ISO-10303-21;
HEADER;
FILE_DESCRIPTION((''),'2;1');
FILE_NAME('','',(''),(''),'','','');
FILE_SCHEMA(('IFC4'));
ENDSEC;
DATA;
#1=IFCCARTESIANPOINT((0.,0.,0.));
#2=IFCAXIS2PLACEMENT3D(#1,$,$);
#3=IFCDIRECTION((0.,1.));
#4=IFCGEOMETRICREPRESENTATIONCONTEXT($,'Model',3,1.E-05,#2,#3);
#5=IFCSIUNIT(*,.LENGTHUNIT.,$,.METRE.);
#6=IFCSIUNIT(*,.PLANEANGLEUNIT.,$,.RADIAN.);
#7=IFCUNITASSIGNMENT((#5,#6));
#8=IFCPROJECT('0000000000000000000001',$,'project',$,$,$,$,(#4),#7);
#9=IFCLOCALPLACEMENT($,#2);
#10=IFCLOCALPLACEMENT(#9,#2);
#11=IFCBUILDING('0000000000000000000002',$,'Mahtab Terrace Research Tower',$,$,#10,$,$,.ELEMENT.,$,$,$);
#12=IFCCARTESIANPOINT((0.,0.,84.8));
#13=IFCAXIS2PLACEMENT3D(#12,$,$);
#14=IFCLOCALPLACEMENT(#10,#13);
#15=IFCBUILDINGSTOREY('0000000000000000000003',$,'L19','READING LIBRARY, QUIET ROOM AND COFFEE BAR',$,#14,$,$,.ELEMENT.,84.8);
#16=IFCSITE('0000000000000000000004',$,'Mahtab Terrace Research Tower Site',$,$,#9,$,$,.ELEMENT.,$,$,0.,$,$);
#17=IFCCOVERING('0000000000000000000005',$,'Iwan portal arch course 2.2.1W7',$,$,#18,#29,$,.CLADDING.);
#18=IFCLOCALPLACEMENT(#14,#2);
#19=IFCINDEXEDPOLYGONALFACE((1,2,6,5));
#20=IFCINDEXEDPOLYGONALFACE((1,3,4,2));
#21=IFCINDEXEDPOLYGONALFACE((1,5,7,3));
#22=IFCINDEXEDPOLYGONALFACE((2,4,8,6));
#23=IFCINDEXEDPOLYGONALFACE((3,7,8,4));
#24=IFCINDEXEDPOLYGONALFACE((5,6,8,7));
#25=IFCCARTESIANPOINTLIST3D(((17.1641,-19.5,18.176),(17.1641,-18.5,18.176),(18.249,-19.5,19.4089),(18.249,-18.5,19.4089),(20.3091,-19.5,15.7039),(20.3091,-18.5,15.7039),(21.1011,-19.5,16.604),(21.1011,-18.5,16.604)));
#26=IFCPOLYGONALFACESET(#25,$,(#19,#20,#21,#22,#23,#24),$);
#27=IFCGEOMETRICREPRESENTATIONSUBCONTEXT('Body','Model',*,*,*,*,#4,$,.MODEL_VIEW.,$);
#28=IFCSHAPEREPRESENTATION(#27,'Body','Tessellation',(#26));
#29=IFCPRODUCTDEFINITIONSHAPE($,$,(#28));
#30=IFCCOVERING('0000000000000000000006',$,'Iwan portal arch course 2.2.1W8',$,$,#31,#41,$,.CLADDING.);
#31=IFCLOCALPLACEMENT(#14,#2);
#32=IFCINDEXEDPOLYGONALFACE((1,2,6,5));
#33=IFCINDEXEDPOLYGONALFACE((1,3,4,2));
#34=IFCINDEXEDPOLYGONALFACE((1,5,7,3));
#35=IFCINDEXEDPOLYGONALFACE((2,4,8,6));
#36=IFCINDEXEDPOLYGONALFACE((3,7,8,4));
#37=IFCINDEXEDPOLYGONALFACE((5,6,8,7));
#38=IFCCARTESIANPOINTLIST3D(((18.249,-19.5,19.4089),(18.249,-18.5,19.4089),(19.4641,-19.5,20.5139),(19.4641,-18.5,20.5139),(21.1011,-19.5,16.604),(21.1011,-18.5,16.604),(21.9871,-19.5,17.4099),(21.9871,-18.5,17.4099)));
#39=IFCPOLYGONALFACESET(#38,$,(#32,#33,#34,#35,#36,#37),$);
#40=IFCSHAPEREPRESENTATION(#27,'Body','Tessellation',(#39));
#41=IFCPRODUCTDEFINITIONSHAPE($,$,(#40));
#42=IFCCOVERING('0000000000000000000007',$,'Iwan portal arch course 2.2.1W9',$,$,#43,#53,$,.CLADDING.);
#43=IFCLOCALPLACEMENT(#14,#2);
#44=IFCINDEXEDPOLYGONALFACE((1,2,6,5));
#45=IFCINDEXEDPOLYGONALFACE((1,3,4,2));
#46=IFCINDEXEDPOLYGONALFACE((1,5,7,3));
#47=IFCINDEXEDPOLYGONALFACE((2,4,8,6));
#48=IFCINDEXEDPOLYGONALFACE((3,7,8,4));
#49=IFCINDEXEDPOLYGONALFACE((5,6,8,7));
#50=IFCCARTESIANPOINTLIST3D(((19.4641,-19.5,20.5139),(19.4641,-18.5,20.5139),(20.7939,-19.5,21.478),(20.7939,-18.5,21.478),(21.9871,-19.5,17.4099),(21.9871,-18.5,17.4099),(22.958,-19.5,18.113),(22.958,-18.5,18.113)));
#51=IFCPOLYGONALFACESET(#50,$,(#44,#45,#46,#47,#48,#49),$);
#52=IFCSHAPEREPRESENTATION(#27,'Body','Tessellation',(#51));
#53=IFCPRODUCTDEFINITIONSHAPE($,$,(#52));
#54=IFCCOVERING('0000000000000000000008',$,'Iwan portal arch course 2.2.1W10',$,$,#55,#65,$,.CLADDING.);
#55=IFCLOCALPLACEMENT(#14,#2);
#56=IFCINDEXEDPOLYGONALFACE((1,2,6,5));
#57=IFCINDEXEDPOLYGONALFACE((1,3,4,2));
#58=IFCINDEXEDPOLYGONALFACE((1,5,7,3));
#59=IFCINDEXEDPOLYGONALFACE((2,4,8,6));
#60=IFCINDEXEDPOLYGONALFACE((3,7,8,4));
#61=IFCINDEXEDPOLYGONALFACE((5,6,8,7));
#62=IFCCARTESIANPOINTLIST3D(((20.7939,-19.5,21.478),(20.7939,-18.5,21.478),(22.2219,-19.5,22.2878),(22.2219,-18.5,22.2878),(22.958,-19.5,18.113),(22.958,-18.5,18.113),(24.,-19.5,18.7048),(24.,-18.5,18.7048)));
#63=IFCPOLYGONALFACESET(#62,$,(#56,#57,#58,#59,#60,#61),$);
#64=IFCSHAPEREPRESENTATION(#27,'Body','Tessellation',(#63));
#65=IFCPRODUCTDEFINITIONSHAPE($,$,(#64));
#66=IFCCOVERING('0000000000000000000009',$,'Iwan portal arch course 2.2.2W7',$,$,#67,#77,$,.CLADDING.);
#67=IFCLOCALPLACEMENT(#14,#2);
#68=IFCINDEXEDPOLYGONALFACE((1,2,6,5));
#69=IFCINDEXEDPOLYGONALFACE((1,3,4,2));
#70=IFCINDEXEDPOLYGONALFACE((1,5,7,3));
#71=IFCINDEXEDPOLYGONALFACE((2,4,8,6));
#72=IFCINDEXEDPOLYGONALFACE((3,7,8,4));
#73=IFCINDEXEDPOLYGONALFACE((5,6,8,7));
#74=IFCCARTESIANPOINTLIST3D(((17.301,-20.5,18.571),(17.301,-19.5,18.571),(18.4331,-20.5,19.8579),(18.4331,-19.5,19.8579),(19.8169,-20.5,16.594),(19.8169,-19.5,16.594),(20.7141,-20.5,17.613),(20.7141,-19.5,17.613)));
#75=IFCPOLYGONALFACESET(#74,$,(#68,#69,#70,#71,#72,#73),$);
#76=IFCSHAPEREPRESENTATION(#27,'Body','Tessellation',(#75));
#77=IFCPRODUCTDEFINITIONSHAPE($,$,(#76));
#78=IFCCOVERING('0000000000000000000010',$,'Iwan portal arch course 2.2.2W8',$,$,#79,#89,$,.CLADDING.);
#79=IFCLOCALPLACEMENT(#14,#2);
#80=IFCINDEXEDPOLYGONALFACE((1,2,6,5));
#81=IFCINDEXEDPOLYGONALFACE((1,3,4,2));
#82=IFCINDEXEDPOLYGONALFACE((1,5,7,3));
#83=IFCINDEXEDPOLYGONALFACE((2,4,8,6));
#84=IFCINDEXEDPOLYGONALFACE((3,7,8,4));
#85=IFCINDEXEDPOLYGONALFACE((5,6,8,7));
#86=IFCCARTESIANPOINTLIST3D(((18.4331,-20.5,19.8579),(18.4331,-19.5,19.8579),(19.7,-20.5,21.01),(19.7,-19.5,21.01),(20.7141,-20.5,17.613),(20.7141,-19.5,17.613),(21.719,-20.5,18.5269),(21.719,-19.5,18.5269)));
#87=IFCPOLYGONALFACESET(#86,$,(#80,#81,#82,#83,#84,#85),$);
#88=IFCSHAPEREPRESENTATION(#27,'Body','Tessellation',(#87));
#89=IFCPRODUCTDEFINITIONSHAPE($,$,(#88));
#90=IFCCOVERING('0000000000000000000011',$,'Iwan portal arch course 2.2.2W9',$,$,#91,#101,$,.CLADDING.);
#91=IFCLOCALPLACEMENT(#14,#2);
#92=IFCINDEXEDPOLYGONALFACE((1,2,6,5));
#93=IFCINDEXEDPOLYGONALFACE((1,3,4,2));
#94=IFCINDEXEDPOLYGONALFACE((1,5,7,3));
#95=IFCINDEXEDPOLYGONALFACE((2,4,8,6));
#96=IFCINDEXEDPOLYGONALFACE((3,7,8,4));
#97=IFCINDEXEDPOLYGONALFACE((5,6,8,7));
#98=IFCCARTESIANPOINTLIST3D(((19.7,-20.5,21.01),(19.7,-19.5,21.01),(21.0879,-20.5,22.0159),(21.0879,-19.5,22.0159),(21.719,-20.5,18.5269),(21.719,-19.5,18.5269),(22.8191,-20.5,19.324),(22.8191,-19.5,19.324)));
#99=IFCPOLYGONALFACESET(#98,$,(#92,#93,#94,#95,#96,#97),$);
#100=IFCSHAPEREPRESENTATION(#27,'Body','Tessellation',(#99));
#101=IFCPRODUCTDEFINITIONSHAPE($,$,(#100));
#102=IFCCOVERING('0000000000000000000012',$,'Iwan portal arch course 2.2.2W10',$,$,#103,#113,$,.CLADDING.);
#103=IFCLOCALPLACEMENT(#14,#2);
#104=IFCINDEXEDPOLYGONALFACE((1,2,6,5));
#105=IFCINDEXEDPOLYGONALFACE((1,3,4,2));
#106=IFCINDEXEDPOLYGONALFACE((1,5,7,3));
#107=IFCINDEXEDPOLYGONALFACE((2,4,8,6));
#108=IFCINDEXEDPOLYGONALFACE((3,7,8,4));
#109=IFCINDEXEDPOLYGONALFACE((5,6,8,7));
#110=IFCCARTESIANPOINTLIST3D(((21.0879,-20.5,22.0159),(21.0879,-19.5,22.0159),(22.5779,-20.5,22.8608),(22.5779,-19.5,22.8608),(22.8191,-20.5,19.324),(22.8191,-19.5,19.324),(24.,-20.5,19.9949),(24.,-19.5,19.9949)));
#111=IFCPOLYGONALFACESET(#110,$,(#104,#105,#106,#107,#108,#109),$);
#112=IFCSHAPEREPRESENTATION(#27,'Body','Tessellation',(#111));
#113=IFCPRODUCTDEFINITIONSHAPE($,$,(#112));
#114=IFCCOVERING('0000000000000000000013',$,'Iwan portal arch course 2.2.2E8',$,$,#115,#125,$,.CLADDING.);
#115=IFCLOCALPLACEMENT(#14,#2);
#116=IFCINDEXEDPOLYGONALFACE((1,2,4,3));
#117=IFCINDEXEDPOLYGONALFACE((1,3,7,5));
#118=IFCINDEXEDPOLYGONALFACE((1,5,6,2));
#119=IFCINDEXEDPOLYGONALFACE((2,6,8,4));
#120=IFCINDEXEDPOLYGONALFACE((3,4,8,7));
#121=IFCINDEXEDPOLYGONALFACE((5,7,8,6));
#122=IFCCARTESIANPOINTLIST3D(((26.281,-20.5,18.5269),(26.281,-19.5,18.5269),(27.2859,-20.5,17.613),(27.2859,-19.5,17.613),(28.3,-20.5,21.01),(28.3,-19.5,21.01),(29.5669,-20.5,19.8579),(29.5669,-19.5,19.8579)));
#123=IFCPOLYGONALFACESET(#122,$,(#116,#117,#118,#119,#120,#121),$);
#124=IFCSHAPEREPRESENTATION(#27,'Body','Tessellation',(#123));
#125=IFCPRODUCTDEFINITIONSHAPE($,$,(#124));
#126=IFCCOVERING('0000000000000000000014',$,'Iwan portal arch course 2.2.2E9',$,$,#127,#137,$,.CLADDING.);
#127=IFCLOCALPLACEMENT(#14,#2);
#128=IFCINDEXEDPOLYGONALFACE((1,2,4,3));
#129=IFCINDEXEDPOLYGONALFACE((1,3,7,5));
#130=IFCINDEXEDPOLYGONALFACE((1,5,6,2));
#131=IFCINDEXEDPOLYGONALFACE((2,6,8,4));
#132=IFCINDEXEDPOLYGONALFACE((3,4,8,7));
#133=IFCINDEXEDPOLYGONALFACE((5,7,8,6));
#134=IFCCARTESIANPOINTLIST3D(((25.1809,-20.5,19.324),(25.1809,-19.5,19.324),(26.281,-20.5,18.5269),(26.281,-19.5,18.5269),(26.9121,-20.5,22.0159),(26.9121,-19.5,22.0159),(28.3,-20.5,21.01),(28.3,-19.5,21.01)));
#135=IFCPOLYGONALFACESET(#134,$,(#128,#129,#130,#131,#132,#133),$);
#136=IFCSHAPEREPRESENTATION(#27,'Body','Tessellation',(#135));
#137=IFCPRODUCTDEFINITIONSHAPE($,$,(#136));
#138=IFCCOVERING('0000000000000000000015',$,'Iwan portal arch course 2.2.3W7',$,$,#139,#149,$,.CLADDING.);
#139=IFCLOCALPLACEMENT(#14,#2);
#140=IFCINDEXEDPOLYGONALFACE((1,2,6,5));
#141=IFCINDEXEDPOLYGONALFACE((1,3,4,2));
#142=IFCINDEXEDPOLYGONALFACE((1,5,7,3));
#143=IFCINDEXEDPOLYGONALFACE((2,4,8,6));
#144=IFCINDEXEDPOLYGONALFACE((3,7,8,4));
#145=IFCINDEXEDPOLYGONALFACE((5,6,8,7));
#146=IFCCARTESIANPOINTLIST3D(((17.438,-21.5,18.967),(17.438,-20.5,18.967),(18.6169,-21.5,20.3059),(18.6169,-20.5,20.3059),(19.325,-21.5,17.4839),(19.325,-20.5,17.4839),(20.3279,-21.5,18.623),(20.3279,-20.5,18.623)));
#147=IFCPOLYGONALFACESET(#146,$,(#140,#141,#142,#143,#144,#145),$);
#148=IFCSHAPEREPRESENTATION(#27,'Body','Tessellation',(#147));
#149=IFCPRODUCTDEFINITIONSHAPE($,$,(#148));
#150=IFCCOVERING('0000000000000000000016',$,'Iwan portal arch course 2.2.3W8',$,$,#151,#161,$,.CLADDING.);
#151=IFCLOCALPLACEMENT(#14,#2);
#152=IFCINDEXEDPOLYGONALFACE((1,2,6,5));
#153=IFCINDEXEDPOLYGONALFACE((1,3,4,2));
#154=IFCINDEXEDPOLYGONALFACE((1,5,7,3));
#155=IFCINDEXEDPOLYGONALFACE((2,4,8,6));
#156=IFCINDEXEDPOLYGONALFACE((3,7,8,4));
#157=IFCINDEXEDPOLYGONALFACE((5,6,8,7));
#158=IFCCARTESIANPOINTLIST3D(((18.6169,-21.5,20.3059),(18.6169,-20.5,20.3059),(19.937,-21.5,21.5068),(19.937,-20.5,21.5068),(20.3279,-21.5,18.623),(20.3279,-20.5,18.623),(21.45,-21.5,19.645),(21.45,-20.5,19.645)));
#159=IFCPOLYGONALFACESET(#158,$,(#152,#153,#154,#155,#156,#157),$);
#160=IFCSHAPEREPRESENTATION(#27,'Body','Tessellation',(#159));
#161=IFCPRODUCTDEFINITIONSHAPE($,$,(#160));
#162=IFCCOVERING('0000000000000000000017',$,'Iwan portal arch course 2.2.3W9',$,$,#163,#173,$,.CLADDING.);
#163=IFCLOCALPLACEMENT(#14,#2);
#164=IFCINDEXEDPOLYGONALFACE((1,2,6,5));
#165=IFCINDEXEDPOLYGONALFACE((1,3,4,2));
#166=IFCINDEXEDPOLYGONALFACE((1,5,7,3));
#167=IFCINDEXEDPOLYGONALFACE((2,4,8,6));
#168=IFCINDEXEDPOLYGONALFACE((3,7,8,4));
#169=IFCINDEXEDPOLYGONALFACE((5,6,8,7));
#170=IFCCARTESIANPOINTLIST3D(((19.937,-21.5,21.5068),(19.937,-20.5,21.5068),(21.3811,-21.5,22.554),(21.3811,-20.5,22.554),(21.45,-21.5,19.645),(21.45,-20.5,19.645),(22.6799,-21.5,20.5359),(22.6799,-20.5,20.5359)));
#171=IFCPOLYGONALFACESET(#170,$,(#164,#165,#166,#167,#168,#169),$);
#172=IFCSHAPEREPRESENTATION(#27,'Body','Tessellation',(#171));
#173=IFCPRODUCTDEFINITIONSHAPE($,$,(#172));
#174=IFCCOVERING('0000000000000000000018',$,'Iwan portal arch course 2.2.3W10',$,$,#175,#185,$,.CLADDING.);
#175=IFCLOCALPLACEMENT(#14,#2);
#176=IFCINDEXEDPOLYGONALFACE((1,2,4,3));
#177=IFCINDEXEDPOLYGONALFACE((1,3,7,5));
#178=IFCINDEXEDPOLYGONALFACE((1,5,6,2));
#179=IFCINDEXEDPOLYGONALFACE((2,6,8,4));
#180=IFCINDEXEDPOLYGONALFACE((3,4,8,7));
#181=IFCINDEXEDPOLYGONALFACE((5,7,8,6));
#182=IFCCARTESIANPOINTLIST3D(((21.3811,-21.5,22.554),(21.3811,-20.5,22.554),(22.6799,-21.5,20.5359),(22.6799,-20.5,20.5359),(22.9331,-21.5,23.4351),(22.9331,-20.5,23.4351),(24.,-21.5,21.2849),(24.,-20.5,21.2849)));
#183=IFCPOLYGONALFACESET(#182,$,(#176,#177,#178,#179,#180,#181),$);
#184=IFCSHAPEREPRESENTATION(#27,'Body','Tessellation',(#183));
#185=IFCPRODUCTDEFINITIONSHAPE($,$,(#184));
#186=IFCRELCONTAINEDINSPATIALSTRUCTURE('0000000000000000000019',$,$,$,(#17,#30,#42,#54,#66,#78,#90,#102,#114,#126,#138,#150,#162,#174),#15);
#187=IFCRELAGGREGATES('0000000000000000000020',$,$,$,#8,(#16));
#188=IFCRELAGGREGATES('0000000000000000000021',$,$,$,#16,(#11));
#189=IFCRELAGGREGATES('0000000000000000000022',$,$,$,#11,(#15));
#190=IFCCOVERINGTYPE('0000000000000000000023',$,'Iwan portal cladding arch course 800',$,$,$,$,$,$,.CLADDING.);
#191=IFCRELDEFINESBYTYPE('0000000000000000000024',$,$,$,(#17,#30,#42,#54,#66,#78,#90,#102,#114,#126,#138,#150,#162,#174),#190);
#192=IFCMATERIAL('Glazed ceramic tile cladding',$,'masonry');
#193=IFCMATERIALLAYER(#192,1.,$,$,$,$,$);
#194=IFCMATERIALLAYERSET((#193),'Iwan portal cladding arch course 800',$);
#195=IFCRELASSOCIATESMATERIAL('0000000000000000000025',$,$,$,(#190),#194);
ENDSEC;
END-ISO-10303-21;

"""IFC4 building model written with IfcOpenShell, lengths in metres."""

from ifc_helpers import new_model, si_unit, direction, frame, origin, place, context, subcontext, project, spatial, polyline, outline, extrude, material, layer, layer_set, type_object, element, save


model = new_model("IFC4")

# Units and contexts
model_context = context("Model", 3, precision=1e-05, world=origin(), true_north=direction((0.0, 1.0)))
body_context = subcontext(model_context, "Body", "Model", "MODEL_VIEW")
ifc_project = project(units=[si_unit("LENGTHUNIT", "METRE"), si_unit("PLANEANGLEUNIT", "RADIAN")], contexts=[model_context])

# Site, building, storey
site_placement = place(None, origin())
site = spatial("IfcSite", under=ifc_project, at=site_placement, Name="Mahtab Terrace Research Tower Site", CompositionType="ELEMENT", RefElevation=0.0)
building_placement = place(site_placement, origin())
building = spatial("IfcBuilding", under=site, at=building_placement, Name="Mahtab Terrace Research Tower", CompositionType="ELEMENT")
storey_placement = place(building_placement, frame((0.0, 0.0, 84.8)))
storey = spatial("IfcBuildingStorey", under=building, at=storey_placement, Name="L19", Description="READING LIBRARY, QUIET ROOM AND COFFEE BAR", CompositionType="ELEMENT", Elevation=84.8)

# Coverings
ifc_material = material(Name="Glazed ceramic tile cladding", Category="masonry")
ifc_layer = layer(ifc_material, 1.0)
ifc_layer_set = layer_set([ifc_layer], Name="Iwan portal cladding arch course 800")
covering_type = type_object("IfcCoveringType", Name="Iwan portal cladding arch course 800", PredefinedType="CLADDING", material=ifc_layer_set)
covering_1_placement = place(storey_placement, frame((17.1641, -18.5, 18.176), z_axis=(0.0, 1.0, 0.0), x_axis=(0.660628, 0.0, 0.750714)))
element("IfcCovering", 1, at=covering_1_placement, inside=storey, type_object=covering_type, Name="Iwan portal arch course 2.2.1W7", PredefinedType="CLADDING", context=body_context, shape_type="SweptSolid", body=[
    extrude(outline(polyline([(0.0, 0.0), (1.6423, 0.0), (1.4208, 3.9941), (0.2218, 3.9942), (0.0, 0.0)])), origin(), (0.0, 0.0, -1.0), 1.0),
])
covering_2_placement = place(storey_placement, frame((18.249, -18.5, 19.4089), z_axis=(0.0, 1.0, 0.0), x_axis=(0.739832, 0.0, 0.672791)))
element("IfcCovering", 2, at=covering_2_placement, inside=storey, type_object=covering_type, Name="Iwan portal arch course 2.2.1W8", PredefinedType="CLADDING", context=body_context, shape_type="SweptSolid", body=[
    extrude(outline(polyline([(0.0, 0.0), (1.6424, 0.0), (1.4206, 3.9939), (0.2229, 3.994), (0.0, 0.0)])), origin(), (0.0, 0.0, -1.0), 1.0),
])
covering_3_placement = place(storey_placement, frame((19.4641, -18.5, 20.5139), z_axis=(0.0, 1.0, 0.0), x_axis=(0.809616, 0.0, 0.58696)))
element("IfcCovering", 3, at=covering_3_placement, inside=storey, type_object=covering_type, Name="Iwan portal arch course 2.2.1W9", PredefinedType="CLADDING", context=body_context, shape_type="SweptSolid", body=[
    extrude(outline(polyline([(0.0, 0.0), (1.6425, 0.0), (1.4195, 3.9946), (0.2207, 3.9939), (0.0, 0.0)])), origin(), (0.0, 0.0, -1.0), 1.0),
])
covering_4_placement = place(storey_placement, frame((20.7939, -18.5, 21.478), z_axis=(0.0, 1.0, 0.0), x_axis=(0.869858, 0.0, 0.493301)))
element("IfcCovering", 4, at=covering_4_placement, inside=storey, type_object=covering_type, Name="Iwan portal arch course 2.2.1W10", PredefinedType="CLADDING", context=body_context, shape_type="SweptSolid", body=[
    extrude(outline(polyline([(0.0, 0.0), (1.6416, 0.0), (1.4208, 3.9938), (0.2225, 3.9946), (0.0, 0.0)])), origin(), (0.0, 0.0, -1.0), 1.0),
])
covering_5_placement = place(storey_placement, frame((17.301, -19.5, 18.571), z_axis=(0.0, 1.0, 0.0), x_axis=(0.660509, 0.0, 0.750818)))
element("IfcCovering", 5, at=covering_5_placement, inside=storey, type_object=covering_type, Name="Iwan portal arch course 2.2.2W7", PredefinedType="CLADDING", context=body_context, shape_type="SweptSolid", body=[
    extrude(outline(polyline([(0.0, 0.0), (1.714, 0.0), (1.5351, 3.1954), (0.1773, 3.1948), (0.0, 0.0)])), origin(), (0.0, 0.0, -1.0), 1.0),
])
covering_6_placement = place(storey_placement, frame((18.4331, -19.5, 19.8579), z_axis=(0.0, 1.0, 0.0), x_axis=(0.739817, 0.0, 0.672808)))
element("IfcCovering", 6, at=covering_6_placement, inside=storey, type_object=covering_type, Name="Iwan portal arch course 2.2.2W8", PredefinedType="CLADDING", context=body_context, shape_type="SweptSolid", body=[
    extrude(outline(polyline([(0.0, 0.0), (1.7124, 0.0), (1.5354, 3.1955), (0.1772, 3.1955), (0.0, 0.0)])), origin(), (0.0, 0.0, -1.0), 1.0),
])
covering_7_placement = place(storey_placement, frame((19.7, -19.5, 21.01), z_axis=(0.0, 1.0, 0.0), x_axis=(0.80972, 0.0, 0.586816)))
element("IfcCovering", 7, at=covering_7_placement, inside=storey, type_object=covering_type, Name="Iwan portal arch course 2.2.2W9", PredefinedType="CLADDING", context=body_context, shape_type="SweptSolid", body=[
    extrude(outline(polyline([(0.0, 0.0), (1.7141, 0.0), (1.5362, 3.1956), (0.1777, 3.1955), (0.0, 0.0)])), origin(), (0.0, 0.0, -1.0), 1.0),
])
covering_8_placement = place(storey_placement, frame((21.0879, -19.5, 22.0159), z_axis=(0.0, 1.0, 0.0), x_axis=(0.869861, 0.0, 0.493297)))
element("IfcCovering", 8, at=covering_8_placement, inside=storey, type_object=covering_type, Name="Iwan portal arch course 2.2.2W10", PredefinedType="CLADDING", context=body_context, shape_type="SweptSolid", body=[
    extrude(outline(polyline([(0.0, 0.0), (1.7129, 0.0), (1.5362, 3.1945), (0.178, 3.1956), (0.0, 0.0)])), origin(), (0.0, 0.0, -1.0), 1.0),
])
covering_9_placement = place(storey_placement, frame((27.2859, -19.5, 17.613), z_axis=(0.0, 1.0, 0.0), x_axis=(-0.739834, 0.0, 0.672789)))
element("IfcCovering", 9, at=covering_9_placement, inside=storey, type_object=covering_type, Name="Iwan portal arch course 2.2.2E8", PredefinedType="CLADDING", context=body_context, shape_type="SweptSolid", body=[
    extrude(outline(polyline([(0.0, 0.0), (1.3583, 0.0), (1.5351, 3.1955), (-0.1772, 3.1955), (0.0, 0.0)])), origin(), (0.0, 0.0, -1.0), 1.0),
])
covering_10_placement = place(storey_placement, frame((26.281, -19.5, 18.5269), z_axis=(0.0, 1.0, 0.0), x_axis=(-0.809768, 0.0, 0.58675)))
element("IfcCovering", 10, at=covering_10_placement, inside=storey, type_object=covering_type, Name="Iwan portal arch course 2.2.2E9", PredefinedType="CLADDING", context=body_context, shape_type="SweptSolid", body=[
    extrude(outline(polyline([(0.0, 0.0), (1.3585, 0.0), (1.5361, 3.1956), (-0.178, 3.1955), (0.0, 0.0)])), origin(), (0.0, 0.0, -1.0), 1.0),
])
covering_11_placement = place(storey_placement, frame((17.438, -20.5, 18.967), z_axis=(0.0, 1.0, 0.0), x_axis=(0.660865, 0.0, 0.750504)))
element("IfcCovering", 11, at=covering_11_placement, inside=storey, type_object=covering_type, Name="Iwan portal arch course 2.2.3W7", PredefinedType="CLADDING", context=body_context, shape_type="SweptSolid", body=[
    extrude(outline(polyline([(0.0, 0.0), (1.784, 0.0), (1.6517, 2.3962), (0.1339, 2.3963), (0.0, 0.0)])), origin(), (0.0, 0.0, -1.0), 1.0),
])
covering_12_placement = place(storey_placement, frame((18.6169, -20.5, 20.3059), z_axis=(0.0, 1.0, 0.0), x_axis=(0.739699, 0.0, 0.672938)))
element("IfcCovering", 12, at=covering_12_placement, inside=storey, type_object=covering_type, Name="Iwan portal arch course 2.2.3W8", PredefinedType="CLADDING", context=body_context, shape_type="SweptSolid", body=[
    extrude(outline(polyline([(0.0, 0.0), (1.7846, 0.0), (1.6508, 2.3953), (0.1331, 2.3962), (0.0, 0.0)])), origin(), (0.0, 0.0, -1.0), 1.0),
])
covering_13_placement = place(storey_placement, frame((19.937, -20.5, 21.5068), z_axis=(0.0, 1.0, 0.0), x_axis=(0.80957, 0.0, 0.587024)))
element("IfcCovering", 13, at=covering_13_placement, inside=storey, type_object=covering_type, Name="Iwan portal arch course 2.2.3W9", PredefinedType="CLADDING", context=body_context, shape_type="SweptSolid", body=[
    extrude(outline(polyline([(0.0, 0.0), (1.7838, 0.0), (1.6506, 2.3962), (0.1319, 2.3954), (0.0, 0.0)])), origin(), (0.0, 0.0, -1.0), 1.0),
])
covering_14_placement = place(storey_placement, frame((21.3811, -20.5, 22.554), z_axis=(0.0, 1.0, 0.0), x_axis=(0.869629, 0.0, 0.493706)))
element("IfcCovering", 14, at=covering_14_placement, inside=storey, type_object=covering_type, Name="Iwan portal arch course 2.2.3W10", PredefinedType="CLADDING", context=body_context, shape_type="SweptSolid", body=[
    extrude(outline(polyline([(0.0, 0.0), (1.7847, 0.0), (1.6509, 2.3966), (0.1332, 2.3962), (0.0, 0.0)])), origin(), (0.0, 0.0, -1.0), 1.0),
])

save(model, "model.ifc")
